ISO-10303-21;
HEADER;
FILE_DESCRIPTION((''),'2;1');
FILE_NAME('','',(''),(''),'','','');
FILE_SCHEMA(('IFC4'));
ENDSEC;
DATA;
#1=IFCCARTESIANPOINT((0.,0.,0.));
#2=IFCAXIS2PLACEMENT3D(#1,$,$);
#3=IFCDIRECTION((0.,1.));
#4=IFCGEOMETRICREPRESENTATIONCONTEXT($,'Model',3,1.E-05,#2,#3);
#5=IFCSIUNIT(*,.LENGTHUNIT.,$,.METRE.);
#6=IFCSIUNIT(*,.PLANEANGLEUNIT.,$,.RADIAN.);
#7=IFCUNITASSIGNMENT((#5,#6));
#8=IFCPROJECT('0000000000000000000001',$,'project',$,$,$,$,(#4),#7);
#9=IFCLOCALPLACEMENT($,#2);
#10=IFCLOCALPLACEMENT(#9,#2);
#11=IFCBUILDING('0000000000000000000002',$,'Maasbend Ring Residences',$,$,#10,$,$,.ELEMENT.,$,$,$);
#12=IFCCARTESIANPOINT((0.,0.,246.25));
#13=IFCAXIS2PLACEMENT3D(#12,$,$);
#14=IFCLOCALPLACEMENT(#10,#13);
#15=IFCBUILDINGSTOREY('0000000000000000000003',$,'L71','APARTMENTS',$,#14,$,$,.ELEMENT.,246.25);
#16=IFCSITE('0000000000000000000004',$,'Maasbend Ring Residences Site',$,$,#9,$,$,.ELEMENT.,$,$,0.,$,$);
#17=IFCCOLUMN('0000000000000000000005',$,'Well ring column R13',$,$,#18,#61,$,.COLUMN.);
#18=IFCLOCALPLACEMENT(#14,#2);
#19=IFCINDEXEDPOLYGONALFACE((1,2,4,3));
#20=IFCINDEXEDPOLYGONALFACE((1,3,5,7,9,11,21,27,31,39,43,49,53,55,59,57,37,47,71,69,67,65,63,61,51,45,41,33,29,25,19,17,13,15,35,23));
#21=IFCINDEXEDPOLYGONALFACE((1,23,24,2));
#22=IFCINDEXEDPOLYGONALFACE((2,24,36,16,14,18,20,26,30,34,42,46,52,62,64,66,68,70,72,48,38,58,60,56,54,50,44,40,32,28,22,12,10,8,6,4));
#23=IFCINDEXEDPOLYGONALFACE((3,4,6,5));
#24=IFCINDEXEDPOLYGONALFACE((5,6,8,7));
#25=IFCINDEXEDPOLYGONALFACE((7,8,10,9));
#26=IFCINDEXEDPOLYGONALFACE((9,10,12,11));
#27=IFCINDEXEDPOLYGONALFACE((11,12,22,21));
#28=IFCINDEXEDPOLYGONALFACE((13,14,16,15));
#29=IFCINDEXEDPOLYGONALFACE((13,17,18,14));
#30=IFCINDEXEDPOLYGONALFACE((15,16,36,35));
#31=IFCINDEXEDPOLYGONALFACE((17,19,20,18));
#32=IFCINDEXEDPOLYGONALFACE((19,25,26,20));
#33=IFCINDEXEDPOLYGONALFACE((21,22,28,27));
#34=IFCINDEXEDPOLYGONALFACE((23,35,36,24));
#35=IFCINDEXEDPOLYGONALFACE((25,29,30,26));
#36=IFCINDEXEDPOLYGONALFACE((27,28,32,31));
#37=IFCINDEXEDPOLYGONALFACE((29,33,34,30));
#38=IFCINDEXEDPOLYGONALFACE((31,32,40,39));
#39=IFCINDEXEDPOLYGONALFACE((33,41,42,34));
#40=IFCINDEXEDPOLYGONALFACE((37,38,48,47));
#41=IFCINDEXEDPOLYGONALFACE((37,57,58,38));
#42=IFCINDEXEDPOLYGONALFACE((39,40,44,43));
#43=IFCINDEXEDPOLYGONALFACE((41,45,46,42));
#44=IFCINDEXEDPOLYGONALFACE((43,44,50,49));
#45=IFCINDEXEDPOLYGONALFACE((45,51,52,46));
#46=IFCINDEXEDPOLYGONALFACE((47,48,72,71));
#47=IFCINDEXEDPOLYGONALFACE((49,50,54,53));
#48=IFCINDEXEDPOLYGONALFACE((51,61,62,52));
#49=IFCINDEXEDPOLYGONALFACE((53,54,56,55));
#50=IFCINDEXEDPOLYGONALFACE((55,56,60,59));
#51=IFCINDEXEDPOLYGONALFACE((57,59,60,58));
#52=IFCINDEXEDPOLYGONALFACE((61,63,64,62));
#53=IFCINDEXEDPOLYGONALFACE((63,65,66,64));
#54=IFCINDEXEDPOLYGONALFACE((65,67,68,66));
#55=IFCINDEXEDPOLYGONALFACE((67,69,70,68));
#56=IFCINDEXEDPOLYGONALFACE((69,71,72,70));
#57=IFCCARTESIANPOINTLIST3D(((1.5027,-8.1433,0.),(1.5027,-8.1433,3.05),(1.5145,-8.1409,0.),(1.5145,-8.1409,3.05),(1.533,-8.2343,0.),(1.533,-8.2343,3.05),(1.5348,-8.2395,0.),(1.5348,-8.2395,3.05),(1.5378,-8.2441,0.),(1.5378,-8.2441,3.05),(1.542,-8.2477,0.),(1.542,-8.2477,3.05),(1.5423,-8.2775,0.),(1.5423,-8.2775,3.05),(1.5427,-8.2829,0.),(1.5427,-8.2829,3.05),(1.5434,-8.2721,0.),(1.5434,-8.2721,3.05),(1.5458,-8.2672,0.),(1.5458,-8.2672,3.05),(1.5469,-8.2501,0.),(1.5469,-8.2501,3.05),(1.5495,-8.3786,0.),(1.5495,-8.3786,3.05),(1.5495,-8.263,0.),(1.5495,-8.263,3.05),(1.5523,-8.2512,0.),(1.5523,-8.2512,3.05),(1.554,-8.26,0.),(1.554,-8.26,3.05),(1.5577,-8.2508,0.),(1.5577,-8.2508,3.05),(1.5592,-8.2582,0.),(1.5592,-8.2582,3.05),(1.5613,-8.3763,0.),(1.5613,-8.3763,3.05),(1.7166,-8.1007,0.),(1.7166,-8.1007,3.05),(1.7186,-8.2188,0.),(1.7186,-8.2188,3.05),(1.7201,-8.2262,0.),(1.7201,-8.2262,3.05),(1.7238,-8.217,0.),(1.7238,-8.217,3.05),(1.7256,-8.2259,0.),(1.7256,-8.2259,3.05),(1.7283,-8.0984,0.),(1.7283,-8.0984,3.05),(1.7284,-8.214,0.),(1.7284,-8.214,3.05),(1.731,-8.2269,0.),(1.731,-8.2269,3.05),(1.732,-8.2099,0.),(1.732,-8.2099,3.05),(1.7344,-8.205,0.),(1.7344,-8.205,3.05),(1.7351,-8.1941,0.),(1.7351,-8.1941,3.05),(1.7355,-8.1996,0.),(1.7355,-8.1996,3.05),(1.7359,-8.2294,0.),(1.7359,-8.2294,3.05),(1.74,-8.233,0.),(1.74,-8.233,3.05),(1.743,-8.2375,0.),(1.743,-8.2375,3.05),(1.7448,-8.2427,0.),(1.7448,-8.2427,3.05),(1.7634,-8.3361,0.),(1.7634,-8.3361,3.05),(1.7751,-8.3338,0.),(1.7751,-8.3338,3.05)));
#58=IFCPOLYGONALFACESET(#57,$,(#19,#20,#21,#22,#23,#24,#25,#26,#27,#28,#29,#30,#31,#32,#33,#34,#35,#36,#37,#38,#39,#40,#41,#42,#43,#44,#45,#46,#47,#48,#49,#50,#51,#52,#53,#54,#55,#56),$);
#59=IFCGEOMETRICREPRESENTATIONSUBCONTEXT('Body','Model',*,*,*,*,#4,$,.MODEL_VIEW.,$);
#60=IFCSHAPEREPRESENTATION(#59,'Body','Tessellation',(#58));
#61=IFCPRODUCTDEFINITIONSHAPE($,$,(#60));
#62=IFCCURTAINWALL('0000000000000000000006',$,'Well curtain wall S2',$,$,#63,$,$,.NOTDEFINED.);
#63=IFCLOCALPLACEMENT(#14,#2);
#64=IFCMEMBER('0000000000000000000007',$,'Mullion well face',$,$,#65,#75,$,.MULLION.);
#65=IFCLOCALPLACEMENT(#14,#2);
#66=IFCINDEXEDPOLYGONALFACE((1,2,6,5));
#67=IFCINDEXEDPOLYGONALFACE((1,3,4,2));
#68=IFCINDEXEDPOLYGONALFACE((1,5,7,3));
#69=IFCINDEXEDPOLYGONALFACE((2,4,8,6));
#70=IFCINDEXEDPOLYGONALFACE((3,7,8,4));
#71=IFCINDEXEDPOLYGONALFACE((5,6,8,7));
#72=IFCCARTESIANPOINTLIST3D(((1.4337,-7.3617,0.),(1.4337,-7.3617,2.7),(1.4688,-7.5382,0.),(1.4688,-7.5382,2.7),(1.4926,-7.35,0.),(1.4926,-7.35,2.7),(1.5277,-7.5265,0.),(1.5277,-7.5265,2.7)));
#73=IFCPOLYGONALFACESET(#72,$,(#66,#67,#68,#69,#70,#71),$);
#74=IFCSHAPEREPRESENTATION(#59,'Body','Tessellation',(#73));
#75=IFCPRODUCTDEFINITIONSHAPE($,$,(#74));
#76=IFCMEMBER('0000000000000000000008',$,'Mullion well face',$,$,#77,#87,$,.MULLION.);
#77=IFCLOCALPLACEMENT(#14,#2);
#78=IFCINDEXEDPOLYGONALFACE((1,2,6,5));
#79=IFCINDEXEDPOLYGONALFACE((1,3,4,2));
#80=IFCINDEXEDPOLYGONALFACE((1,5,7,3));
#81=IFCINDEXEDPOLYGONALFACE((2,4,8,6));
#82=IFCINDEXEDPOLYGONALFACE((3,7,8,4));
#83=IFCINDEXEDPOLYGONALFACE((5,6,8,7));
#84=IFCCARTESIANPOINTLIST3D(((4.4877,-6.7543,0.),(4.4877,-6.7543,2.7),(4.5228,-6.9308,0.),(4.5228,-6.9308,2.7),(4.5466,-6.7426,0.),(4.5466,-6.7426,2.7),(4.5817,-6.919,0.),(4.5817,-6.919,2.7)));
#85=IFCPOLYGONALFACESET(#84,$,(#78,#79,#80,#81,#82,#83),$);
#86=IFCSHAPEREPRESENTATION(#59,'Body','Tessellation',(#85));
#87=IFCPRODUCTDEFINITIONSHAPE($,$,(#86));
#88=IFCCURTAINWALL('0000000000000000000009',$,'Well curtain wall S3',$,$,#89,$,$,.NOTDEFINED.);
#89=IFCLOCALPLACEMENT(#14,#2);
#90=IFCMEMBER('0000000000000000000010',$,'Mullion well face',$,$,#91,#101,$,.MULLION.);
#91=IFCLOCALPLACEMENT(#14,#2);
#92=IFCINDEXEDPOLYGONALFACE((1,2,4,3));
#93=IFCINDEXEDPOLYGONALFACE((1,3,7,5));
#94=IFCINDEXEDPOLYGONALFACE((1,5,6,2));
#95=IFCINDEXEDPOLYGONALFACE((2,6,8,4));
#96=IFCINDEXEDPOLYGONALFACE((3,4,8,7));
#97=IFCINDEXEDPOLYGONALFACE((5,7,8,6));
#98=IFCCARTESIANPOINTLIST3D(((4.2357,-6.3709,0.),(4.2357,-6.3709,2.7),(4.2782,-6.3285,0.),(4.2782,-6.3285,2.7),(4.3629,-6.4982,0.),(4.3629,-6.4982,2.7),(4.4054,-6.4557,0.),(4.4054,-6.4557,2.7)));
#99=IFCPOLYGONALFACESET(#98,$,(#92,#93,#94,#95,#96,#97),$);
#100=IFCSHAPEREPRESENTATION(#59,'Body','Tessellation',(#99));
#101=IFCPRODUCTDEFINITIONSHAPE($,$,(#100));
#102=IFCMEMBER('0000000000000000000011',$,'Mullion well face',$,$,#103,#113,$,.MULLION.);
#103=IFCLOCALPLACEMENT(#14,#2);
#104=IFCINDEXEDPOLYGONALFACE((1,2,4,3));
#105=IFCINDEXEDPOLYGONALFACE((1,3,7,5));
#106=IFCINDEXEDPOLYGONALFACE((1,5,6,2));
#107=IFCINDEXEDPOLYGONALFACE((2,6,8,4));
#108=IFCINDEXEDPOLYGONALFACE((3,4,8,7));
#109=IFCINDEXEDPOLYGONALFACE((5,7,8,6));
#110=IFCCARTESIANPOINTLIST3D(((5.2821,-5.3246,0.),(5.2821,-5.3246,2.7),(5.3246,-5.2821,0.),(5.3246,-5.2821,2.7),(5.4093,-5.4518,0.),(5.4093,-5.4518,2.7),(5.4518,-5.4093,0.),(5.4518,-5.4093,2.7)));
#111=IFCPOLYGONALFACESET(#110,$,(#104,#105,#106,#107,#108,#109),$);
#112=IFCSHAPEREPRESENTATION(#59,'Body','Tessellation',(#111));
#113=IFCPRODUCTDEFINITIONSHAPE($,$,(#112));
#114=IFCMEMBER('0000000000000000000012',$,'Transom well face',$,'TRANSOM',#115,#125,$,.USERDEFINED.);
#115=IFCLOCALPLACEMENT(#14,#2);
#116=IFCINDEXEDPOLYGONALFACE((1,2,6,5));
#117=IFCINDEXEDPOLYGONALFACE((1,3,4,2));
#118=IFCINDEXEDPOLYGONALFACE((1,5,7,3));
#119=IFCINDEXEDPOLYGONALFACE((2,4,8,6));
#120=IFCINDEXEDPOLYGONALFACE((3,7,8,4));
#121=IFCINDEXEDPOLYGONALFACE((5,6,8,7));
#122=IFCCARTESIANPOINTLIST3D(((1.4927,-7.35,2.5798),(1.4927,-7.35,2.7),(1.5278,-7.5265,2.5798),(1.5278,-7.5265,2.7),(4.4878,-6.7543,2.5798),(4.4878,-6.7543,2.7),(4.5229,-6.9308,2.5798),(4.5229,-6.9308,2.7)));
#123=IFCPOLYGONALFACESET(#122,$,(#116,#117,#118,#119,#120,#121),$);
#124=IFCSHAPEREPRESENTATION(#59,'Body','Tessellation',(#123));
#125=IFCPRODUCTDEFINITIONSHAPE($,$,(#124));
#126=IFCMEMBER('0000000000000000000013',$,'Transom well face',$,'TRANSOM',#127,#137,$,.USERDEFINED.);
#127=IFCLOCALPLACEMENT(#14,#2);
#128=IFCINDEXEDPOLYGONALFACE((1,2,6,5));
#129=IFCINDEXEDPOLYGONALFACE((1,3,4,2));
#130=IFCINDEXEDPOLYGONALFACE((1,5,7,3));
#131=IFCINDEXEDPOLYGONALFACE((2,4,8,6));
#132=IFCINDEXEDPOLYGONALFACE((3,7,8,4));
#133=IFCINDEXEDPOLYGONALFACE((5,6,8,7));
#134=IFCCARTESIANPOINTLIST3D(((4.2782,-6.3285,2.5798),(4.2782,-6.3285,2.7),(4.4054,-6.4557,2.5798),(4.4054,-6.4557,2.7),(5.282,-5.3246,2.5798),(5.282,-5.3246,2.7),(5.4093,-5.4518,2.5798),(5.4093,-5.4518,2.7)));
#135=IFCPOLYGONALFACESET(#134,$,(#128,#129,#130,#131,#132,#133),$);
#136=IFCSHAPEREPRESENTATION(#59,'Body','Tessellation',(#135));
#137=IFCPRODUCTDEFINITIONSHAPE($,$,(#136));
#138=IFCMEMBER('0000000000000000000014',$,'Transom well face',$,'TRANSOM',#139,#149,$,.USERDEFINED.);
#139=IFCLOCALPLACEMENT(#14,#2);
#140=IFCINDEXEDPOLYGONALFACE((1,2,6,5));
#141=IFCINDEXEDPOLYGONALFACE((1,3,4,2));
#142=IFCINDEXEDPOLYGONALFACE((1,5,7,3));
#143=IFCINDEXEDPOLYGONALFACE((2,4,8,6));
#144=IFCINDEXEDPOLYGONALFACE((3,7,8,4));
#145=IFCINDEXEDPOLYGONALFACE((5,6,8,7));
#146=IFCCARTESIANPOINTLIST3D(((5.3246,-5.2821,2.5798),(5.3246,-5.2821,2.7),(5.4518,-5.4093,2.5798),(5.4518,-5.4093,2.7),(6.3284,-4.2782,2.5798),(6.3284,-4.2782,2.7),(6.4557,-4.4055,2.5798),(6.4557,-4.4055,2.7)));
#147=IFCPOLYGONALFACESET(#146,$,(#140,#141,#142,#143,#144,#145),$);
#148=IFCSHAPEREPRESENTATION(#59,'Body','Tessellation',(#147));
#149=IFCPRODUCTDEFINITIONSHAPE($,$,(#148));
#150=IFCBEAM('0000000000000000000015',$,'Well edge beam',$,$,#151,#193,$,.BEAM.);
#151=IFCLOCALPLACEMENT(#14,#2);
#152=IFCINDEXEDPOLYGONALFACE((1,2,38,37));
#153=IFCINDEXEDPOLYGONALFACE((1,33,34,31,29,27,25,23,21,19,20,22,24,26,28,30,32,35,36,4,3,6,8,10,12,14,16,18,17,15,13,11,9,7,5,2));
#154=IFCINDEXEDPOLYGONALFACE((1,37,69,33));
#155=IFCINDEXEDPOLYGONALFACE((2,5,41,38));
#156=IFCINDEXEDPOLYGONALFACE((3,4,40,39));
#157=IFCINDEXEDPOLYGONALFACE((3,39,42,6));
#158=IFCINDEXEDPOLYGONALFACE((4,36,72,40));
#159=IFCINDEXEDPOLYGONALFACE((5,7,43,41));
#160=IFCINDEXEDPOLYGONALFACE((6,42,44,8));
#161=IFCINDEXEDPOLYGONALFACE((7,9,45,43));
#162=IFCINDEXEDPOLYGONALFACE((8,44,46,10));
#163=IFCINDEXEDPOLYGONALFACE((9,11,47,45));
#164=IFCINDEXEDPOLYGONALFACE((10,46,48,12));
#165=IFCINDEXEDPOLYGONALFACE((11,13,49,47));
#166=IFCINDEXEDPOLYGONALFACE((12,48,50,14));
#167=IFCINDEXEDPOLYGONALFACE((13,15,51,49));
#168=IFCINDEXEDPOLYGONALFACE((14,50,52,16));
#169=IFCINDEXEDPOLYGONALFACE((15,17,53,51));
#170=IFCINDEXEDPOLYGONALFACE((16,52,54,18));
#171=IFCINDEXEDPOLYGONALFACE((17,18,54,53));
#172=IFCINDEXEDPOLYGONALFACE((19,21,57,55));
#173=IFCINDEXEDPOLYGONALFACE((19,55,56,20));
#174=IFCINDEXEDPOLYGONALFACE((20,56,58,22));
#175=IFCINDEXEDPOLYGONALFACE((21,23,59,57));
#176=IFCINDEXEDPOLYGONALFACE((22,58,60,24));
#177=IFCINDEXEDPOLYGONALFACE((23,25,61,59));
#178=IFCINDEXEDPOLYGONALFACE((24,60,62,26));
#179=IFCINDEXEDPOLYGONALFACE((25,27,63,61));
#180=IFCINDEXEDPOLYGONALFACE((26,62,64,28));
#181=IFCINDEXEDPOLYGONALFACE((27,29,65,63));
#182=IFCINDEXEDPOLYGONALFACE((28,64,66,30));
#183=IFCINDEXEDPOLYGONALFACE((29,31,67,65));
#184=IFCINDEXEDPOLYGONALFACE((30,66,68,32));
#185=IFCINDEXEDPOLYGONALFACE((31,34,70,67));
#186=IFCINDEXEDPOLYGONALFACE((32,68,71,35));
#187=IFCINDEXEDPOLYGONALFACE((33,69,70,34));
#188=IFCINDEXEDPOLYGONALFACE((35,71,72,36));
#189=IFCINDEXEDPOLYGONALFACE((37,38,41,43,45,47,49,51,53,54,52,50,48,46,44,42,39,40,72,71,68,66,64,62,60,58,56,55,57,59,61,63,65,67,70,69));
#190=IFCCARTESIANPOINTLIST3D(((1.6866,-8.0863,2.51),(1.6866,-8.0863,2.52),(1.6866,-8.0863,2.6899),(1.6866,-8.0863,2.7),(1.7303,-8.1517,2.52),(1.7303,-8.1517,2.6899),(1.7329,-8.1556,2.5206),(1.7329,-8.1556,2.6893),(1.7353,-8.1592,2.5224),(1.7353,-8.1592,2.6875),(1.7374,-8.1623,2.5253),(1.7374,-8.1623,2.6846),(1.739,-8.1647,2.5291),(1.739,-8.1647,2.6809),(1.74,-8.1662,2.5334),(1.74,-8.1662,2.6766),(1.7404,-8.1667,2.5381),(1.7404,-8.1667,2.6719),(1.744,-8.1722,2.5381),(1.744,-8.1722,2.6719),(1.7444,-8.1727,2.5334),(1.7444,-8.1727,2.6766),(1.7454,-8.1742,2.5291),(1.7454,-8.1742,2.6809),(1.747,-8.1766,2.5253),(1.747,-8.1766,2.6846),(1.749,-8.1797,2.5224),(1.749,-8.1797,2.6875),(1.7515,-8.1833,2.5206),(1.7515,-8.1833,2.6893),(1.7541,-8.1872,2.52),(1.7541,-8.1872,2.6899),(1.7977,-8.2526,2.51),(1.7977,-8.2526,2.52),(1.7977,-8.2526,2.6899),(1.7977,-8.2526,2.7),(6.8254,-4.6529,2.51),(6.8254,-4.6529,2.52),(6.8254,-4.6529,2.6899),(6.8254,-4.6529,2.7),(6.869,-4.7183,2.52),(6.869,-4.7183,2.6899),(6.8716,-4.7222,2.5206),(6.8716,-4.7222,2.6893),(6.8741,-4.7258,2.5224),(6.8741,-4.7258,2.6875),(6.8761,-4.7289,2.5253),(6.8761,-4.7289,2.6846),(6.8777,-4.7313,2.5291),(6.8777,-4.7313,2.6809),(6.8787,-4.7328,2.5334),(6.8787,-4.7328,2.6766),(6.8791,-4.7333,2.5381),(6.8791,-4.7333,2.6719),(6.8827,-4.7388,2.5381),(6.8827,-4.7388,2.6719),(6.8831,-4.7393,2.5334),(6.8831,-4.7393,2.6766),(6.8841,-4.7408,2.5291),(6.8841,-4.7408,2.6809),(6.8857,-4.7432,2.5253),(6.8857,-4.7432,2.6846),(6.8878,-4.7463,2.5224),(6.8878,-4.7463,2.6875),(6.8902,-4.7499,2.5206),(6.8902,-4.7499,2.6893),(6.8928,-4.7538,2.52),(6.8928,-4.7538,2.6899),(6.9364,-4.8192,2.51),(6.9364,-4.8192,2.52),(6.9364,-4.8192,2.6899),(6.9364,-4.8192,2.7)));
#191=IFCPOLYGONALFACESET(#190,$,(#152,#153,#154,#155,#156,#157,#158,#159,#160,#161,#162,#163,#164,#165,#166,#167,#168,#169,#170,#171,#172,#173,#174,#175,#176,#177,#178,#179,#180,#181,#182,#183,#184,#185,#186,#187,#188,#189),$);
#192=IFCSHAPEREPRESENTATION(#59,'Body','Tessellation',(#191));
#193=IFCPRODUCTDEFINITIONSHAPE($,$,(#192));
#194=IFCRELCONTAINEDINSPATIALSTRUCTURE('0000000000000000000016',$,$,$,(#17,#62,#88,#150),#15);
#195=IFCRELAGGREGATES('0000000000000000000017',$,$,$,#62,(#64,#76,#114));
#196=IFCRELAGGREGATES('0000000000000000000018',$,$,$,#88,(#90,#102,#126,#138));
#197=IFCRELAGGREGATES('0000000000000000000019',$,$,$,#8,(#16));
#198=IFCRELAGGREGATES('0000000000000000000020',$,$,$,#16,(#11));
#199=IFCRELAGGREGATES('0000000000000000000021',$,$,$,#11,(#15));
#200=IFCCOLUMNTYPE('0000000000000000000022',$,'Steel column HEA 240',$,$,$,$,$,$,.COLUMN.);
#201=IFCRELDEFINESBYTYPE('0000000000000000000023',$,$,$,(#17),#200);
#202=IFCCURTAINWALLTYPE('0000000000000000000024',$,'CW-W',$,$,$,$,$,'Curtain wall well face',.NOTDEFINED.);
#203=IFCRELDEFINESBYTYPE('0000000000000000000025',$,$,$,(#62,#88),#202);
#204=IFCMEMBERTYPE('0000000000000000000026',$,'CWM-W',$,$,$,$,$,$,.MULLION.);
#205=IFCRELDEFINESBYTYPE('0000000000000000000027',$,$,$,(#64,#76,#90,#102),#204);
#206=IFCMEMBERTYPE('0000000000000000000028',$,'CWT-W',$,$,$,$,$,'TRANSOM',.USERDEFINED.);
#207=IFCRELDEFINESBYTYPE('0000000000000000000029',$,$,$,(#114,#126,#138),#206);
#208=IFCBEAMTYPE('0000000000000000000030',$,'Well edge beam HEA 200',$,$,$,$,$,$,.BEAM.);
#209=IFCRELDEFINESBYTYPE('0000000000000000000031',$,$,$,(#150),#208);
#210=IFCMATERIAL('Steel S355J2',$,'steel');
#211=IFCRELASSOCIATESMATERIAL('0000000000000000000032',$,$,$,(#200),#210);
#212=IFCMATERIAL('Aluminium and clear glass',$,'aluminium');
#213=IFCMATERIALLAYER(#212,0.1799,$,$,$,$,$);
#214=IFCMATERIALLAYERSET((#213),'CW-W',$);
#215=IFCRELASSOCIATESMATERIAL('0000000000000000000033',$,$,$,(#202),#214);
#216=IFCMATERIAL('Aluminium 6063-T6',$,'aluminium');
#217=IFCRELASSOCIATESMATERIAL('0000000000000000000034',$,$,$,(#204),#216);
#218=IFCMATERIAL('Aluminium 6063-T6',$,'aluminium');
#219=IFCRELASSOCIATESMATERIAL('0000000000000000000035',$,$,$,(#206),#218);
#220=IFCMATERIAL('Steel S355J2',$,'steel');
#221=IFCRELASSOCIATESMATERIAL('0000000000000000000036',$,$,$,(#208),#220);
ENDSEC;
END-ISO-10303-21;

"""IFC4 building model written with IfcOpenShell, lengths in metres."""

from ifc_helpers import new_model, si_unit, direction, frame, origin, origin_2d, place, context, subcontext, project, spatial, rectangle, i_section, extrude, material, layer, layer_set, material_profile, profile_set, type_object, element, aggregate, save


model = new_model("IFC4")

# Units and contexts
model_context = context("Model", 3, precision=1e-05, world=origin(), true_north=direction((0.0, 1.0)))
body_context = subcontext(model_context, "Body", "Model", "MODEL_VIEW")
ifc_project = project(units=[si_unit("LENGTHUNIT", "METRE"), si_unit("PLANEANGLEUNIT", "RADIAN")], contexts=[model_context])

# Site, building, storey
site_placement = place(None, origin())
site = spatial("IfcSite", under=ifc_project, at=site_placement, Name="Maasbend Ring Residences Site", CompositionType="ELEMENT", RefElevation=0.0)
building_placement = place(site_placement, origin())
building = spatial("IfcBuilding", under=site, at=building_placement, Name="Maasbend Ring Residences", CompositionType="ELEMENT")
storey_placement = place(building_placement, frame((0.0, 0.0, 246.25)))
storey = spatial("IfcBuildingStorey", under=building, at=storey_placement, Name="L71", Description="APARTMENTS", CompositionType="ELEMENT", Elevation=246.25)

# Column
ifc_material_1 = material(Name="Steel S355J2", Category="steel")
ifc_material_profile_1 = material_profile(ifc_material_1, i_section(OverallWidth=0.24, OverallDepth=0.23, WebThickness=0.0076, FlangeThickness=0.012, FilletRadius=0.021, at=origin_2d()), Name="HEA 240")
ifc_profile_set_1 = profile_set([ifc_material_profile_1], Name="Steel S355J2")
column_type = type_object("IfcColumnType", Name="Steel column HEA 240", PredefinedType="COLUMN", material=ifc_profile_set_1)
column_placement = place(storey_placement, frame((1.6389, -8.2385, 0.0), z_axis=(0.0, 0.0, 1.0), x_axis=(0.19509, -0.980785, 0.0)))
element("IfcColumn", 1, at=column_placement, inside=storey, type_object=column_type, Name="Well ring column R13", PredefinedType="COLUMN", context=body_context, shape_type="SweptSolid", body=[
    extrude(i_section(OverallWidth=0.24, OverallDepth=0.23, WebThickness=0.0076, FlangeThickness=0.012, FilletRadius=0.021, at=origin_2d()), origin(), (0.0, 0.0, 1.0), 3.05),
])

# Curtain walls, members
ifc_material_2 = material(Name="Aluminium and clear glass", Category="aluminium")
ifc_layer_1 = layer(ifc_material_2, 0.1799)
ifc_layer_set_1 = layer_set([ifc_layer_1], Name="CW-W")
curtain_wall_type = type_object("IfcCurtainWallType", Name="CW-W", ElementType="Curtain wall well face", PredefinedType="NOTDEFINED", material=ifc_layer_set_1)
curtain_wall_1_placement = place(storey_placement, origin())
curtain_wall_1 = element("IfcCurtainWall", 2, at=curtain_wall_1_placement, inside=storey, type_object=curtain_wall_type, Name="Well curtain wall S2", PredefinedType="NOTDEFINED")
ifc_material_3 = material(Name="Aluminium 6063-T6", Category="aluminium")
ifc_material_profile_2 = material_profile(ifc_material_3, rectangle(XDim=0.1799, YDim=0.0601, at=origin_2d()), Name="AL 180x60")
ifc_profile_set_2 = profile_set([ifc_material_profile_2], Name="Aluminium 6063-T6")
member_type_1 = type_object("IfcMemberType", Name="CWM-W", PredefinedType="MULLION", material=ifc_profile_set_2)
member_1_placement = place(storey_placement, frame((1.4807, -7.4441, 0.0), z_axis=(0.0, 0.0, 1.0), x_axis=(-0.19509, 0.980785, 0.0)))
member_1 = element("IfcMember", 3, at=member_1_placement, type_object=member_type_1, Name="Mullion well face", PredefinedType="MULLION", context=body_context, shape_type="SweptSolid", body=[
    extrude(rectangle(XDim=0.1799, YDim=0.0601, at=origin_2d()), origin(), (0.0, 0.0, 1.0), 2.7),
])
member_2_placement = place(storey_placement, frame((4.5347, -6.8367, 0.0), z_axis=(0.0, 0.0, 1.0), x_axis=(-0.19509, 0.980785, 0.0)))
member_2 = element("IfcMember", 4, at=member_2_placement, type_object=member_type_1, Name="Mullion well face", PredefinedType="MULLION", context=body_context, shape_type="SweptSolid", body=[
    extrude(rectangle(XDim=0.1799, YDim=0.0601, at=origin_2d()), origin(), (0.0, 0.0, 1.0), 2.7),
])
curtain_wall_2_placement = place(storey_placement, origin())
curtain_wall_2 = element("IfcCurtainWall", 5, at=curtain_wall_2_placement, inside=storey, type_object=curtain_wall_type, Name="Well curtain wall S3", PredefinedType="NOTDEFINED")
member_3_placement = place(storey_placement, frame((4.3206, -6.4133, 0.0), z_axis=(0.0, 0.0, 1.0), x_axis=(-0.707107, 0.707107, 0.0)))
member_3 = element("IfcMember", 6, at=member_3_placement, type_object=member_type_1, Name="Mullion well face", PredefinedType="MULLION", context=body_context, shape_type="SweptSolid", body=[
    extrude(rectangle(XDim=0.1799, YDim=0.0601, at=origin_2d()), origin(), (0.0, 0.0, 1.0), 2.7),
])
member_4_placement = place(storey_placement, frame((5.3669, -5.3669, 0.0), z_axis=(0.0, 0.0, 1.0), x_axis=(-0.707107, 0.707107, 0.0)))
member_4 = element("IfcMember", 7, at=member_4_placement, type_object=member_type_1, Name="Mullion well face", PredefinedType="MULLION", context=body_context, shape_type="SweptSolid", body=[
    extrude(rectangle(XDim=0.1799, YDim=0.0601, at=origin_2d()), origin(), (0.0, 0.0, 1.0), 2.7),
])

# Members
ifc_material_4 = material(Name="Aluminium 6063-T6", Category="aluminium")
ifc_material_profile_3 = material_profile(ifc_material_4, rectangle(XDim=0.1799, YDim=0.1201, at=origin_2d()), Name="AL 180x120")
ifc_profile_set_3 = profile_set([ifc_material_profile_3], Name="Aluminium 6063-T6")
member_type_2 = type_object("IfcMemberType", Name="CWT-W", ElementType="TRANSOM", PredefinedType="USERDEFINED", material=ifc_profile_set_3)
member_5_placement = place(storey_placement, frame((1.5103, -7.4382, 2.6399), z_axis=(0.980789, 0.195071, 0.0), x_axis=(-0.195071, 0.980789, 0.0)))
member_5 = element("IfcMember", 8, at=member_5_placement, type_object=member_type_2, Name="Transom well face", ObjectType="TRANSOM", PredefinedType="USERDEFINED", context=body_context, shape_type="SweptSolid", body=[
    extrude(rectangle(XDim=0.1799, YDim=0.1201, at=origin_2d()), origin(), (0.0, 0.0, 1.0), 3.0537),
])
member_6_placement = place(storey_placement, frame((4.3418, -6.3921, 2.6399), z_axis=(0.707107, 0.707107, 0.0), x_axis=(-0.707107, 0.707107, 0.0)))
member_6 = element("IfcMember", 9, at=member_6_placement, type_object=member_type_2, Name="Transom well face", ObjectType="TRANSOM", PredefinedType="USERDEFINED", context=body_context, shape_type="SweptSolid", body=[
    extrude(rectangle(XDim=0.1799, YDim=0.1201, at=origin_2d()), origin(), (0.0, 0.0, 1.0), 1.4197),
])
member_7_placement = place(storey_placement, frame((5.3882, -5.3457, 2.6399), z_axis=(0.707107, 0.707107, 0.0), x_axis=(-0.707107, 0.707107, 0.0)))
member_7 = element("IfcMember", 10, at=member_7_placement, type_object=member_type_2, Name="Transom well face", ObjectType="TRANSOM", PredefinedType="USERDEFINED", context=body_context, shape_type="SweptSolid", body=[
    extrude(rectangle(XDim=0.1799, YDim=0.1201, at=origin_2d()), origin(), (0.0, 0.0, 1.0), 1.4197),
])

# Beam
ifc_material_5 = material(Name="Steel S355J2", Category="steel")
ifc_material_profile_4 = material_profile(ifc_material_5, i_section(OverallWidth=0.2, OverallDepth=0.1899, WebThickness=0.0066, FlangeThickness=0.01, FilletRadius=0.0181, at=origin_2d()), Name="HEA 200")
ifc_profile_set_4 = profile_set([ifc_material_profile_4], Name="Steel S355J2")
beam_type = type_object("IfcBeamType", Name="Well edge beam HEA 200", PredefinedType="BEAM", material=ifc_profile_set_4)
beam_placement = place(storey_placement, frame((1.7422, -8.1694, 2.605), z_axis=(0.831485, 0.555548, 0.0), x_axis=(-0.555548, 0.831485, 0.0)))
element("IfcBeam", 11, at=beam_placement, inside=storey, type_object=beam_type, Name="Well edge beam", PredefinedType="BEAM", context=body_context, shape_type="SweptSolid", body=[
    extrude(i_section(OverallWidth=0.2, OverallDepth=0.1899, WebThickness=0.0066, FlangeThickness=0.01, FilletRadius=0.0181, at=origin_2d()), origin(), (0.0, 0.0, 1.0), 6.1802),
])

aggregate(curtain_wall_1, [member_1, member_2, member_5])
aggregate(curtain_wall_2, [member_3, member_4, member_6, member_7])

save(model, "model.ifc")
